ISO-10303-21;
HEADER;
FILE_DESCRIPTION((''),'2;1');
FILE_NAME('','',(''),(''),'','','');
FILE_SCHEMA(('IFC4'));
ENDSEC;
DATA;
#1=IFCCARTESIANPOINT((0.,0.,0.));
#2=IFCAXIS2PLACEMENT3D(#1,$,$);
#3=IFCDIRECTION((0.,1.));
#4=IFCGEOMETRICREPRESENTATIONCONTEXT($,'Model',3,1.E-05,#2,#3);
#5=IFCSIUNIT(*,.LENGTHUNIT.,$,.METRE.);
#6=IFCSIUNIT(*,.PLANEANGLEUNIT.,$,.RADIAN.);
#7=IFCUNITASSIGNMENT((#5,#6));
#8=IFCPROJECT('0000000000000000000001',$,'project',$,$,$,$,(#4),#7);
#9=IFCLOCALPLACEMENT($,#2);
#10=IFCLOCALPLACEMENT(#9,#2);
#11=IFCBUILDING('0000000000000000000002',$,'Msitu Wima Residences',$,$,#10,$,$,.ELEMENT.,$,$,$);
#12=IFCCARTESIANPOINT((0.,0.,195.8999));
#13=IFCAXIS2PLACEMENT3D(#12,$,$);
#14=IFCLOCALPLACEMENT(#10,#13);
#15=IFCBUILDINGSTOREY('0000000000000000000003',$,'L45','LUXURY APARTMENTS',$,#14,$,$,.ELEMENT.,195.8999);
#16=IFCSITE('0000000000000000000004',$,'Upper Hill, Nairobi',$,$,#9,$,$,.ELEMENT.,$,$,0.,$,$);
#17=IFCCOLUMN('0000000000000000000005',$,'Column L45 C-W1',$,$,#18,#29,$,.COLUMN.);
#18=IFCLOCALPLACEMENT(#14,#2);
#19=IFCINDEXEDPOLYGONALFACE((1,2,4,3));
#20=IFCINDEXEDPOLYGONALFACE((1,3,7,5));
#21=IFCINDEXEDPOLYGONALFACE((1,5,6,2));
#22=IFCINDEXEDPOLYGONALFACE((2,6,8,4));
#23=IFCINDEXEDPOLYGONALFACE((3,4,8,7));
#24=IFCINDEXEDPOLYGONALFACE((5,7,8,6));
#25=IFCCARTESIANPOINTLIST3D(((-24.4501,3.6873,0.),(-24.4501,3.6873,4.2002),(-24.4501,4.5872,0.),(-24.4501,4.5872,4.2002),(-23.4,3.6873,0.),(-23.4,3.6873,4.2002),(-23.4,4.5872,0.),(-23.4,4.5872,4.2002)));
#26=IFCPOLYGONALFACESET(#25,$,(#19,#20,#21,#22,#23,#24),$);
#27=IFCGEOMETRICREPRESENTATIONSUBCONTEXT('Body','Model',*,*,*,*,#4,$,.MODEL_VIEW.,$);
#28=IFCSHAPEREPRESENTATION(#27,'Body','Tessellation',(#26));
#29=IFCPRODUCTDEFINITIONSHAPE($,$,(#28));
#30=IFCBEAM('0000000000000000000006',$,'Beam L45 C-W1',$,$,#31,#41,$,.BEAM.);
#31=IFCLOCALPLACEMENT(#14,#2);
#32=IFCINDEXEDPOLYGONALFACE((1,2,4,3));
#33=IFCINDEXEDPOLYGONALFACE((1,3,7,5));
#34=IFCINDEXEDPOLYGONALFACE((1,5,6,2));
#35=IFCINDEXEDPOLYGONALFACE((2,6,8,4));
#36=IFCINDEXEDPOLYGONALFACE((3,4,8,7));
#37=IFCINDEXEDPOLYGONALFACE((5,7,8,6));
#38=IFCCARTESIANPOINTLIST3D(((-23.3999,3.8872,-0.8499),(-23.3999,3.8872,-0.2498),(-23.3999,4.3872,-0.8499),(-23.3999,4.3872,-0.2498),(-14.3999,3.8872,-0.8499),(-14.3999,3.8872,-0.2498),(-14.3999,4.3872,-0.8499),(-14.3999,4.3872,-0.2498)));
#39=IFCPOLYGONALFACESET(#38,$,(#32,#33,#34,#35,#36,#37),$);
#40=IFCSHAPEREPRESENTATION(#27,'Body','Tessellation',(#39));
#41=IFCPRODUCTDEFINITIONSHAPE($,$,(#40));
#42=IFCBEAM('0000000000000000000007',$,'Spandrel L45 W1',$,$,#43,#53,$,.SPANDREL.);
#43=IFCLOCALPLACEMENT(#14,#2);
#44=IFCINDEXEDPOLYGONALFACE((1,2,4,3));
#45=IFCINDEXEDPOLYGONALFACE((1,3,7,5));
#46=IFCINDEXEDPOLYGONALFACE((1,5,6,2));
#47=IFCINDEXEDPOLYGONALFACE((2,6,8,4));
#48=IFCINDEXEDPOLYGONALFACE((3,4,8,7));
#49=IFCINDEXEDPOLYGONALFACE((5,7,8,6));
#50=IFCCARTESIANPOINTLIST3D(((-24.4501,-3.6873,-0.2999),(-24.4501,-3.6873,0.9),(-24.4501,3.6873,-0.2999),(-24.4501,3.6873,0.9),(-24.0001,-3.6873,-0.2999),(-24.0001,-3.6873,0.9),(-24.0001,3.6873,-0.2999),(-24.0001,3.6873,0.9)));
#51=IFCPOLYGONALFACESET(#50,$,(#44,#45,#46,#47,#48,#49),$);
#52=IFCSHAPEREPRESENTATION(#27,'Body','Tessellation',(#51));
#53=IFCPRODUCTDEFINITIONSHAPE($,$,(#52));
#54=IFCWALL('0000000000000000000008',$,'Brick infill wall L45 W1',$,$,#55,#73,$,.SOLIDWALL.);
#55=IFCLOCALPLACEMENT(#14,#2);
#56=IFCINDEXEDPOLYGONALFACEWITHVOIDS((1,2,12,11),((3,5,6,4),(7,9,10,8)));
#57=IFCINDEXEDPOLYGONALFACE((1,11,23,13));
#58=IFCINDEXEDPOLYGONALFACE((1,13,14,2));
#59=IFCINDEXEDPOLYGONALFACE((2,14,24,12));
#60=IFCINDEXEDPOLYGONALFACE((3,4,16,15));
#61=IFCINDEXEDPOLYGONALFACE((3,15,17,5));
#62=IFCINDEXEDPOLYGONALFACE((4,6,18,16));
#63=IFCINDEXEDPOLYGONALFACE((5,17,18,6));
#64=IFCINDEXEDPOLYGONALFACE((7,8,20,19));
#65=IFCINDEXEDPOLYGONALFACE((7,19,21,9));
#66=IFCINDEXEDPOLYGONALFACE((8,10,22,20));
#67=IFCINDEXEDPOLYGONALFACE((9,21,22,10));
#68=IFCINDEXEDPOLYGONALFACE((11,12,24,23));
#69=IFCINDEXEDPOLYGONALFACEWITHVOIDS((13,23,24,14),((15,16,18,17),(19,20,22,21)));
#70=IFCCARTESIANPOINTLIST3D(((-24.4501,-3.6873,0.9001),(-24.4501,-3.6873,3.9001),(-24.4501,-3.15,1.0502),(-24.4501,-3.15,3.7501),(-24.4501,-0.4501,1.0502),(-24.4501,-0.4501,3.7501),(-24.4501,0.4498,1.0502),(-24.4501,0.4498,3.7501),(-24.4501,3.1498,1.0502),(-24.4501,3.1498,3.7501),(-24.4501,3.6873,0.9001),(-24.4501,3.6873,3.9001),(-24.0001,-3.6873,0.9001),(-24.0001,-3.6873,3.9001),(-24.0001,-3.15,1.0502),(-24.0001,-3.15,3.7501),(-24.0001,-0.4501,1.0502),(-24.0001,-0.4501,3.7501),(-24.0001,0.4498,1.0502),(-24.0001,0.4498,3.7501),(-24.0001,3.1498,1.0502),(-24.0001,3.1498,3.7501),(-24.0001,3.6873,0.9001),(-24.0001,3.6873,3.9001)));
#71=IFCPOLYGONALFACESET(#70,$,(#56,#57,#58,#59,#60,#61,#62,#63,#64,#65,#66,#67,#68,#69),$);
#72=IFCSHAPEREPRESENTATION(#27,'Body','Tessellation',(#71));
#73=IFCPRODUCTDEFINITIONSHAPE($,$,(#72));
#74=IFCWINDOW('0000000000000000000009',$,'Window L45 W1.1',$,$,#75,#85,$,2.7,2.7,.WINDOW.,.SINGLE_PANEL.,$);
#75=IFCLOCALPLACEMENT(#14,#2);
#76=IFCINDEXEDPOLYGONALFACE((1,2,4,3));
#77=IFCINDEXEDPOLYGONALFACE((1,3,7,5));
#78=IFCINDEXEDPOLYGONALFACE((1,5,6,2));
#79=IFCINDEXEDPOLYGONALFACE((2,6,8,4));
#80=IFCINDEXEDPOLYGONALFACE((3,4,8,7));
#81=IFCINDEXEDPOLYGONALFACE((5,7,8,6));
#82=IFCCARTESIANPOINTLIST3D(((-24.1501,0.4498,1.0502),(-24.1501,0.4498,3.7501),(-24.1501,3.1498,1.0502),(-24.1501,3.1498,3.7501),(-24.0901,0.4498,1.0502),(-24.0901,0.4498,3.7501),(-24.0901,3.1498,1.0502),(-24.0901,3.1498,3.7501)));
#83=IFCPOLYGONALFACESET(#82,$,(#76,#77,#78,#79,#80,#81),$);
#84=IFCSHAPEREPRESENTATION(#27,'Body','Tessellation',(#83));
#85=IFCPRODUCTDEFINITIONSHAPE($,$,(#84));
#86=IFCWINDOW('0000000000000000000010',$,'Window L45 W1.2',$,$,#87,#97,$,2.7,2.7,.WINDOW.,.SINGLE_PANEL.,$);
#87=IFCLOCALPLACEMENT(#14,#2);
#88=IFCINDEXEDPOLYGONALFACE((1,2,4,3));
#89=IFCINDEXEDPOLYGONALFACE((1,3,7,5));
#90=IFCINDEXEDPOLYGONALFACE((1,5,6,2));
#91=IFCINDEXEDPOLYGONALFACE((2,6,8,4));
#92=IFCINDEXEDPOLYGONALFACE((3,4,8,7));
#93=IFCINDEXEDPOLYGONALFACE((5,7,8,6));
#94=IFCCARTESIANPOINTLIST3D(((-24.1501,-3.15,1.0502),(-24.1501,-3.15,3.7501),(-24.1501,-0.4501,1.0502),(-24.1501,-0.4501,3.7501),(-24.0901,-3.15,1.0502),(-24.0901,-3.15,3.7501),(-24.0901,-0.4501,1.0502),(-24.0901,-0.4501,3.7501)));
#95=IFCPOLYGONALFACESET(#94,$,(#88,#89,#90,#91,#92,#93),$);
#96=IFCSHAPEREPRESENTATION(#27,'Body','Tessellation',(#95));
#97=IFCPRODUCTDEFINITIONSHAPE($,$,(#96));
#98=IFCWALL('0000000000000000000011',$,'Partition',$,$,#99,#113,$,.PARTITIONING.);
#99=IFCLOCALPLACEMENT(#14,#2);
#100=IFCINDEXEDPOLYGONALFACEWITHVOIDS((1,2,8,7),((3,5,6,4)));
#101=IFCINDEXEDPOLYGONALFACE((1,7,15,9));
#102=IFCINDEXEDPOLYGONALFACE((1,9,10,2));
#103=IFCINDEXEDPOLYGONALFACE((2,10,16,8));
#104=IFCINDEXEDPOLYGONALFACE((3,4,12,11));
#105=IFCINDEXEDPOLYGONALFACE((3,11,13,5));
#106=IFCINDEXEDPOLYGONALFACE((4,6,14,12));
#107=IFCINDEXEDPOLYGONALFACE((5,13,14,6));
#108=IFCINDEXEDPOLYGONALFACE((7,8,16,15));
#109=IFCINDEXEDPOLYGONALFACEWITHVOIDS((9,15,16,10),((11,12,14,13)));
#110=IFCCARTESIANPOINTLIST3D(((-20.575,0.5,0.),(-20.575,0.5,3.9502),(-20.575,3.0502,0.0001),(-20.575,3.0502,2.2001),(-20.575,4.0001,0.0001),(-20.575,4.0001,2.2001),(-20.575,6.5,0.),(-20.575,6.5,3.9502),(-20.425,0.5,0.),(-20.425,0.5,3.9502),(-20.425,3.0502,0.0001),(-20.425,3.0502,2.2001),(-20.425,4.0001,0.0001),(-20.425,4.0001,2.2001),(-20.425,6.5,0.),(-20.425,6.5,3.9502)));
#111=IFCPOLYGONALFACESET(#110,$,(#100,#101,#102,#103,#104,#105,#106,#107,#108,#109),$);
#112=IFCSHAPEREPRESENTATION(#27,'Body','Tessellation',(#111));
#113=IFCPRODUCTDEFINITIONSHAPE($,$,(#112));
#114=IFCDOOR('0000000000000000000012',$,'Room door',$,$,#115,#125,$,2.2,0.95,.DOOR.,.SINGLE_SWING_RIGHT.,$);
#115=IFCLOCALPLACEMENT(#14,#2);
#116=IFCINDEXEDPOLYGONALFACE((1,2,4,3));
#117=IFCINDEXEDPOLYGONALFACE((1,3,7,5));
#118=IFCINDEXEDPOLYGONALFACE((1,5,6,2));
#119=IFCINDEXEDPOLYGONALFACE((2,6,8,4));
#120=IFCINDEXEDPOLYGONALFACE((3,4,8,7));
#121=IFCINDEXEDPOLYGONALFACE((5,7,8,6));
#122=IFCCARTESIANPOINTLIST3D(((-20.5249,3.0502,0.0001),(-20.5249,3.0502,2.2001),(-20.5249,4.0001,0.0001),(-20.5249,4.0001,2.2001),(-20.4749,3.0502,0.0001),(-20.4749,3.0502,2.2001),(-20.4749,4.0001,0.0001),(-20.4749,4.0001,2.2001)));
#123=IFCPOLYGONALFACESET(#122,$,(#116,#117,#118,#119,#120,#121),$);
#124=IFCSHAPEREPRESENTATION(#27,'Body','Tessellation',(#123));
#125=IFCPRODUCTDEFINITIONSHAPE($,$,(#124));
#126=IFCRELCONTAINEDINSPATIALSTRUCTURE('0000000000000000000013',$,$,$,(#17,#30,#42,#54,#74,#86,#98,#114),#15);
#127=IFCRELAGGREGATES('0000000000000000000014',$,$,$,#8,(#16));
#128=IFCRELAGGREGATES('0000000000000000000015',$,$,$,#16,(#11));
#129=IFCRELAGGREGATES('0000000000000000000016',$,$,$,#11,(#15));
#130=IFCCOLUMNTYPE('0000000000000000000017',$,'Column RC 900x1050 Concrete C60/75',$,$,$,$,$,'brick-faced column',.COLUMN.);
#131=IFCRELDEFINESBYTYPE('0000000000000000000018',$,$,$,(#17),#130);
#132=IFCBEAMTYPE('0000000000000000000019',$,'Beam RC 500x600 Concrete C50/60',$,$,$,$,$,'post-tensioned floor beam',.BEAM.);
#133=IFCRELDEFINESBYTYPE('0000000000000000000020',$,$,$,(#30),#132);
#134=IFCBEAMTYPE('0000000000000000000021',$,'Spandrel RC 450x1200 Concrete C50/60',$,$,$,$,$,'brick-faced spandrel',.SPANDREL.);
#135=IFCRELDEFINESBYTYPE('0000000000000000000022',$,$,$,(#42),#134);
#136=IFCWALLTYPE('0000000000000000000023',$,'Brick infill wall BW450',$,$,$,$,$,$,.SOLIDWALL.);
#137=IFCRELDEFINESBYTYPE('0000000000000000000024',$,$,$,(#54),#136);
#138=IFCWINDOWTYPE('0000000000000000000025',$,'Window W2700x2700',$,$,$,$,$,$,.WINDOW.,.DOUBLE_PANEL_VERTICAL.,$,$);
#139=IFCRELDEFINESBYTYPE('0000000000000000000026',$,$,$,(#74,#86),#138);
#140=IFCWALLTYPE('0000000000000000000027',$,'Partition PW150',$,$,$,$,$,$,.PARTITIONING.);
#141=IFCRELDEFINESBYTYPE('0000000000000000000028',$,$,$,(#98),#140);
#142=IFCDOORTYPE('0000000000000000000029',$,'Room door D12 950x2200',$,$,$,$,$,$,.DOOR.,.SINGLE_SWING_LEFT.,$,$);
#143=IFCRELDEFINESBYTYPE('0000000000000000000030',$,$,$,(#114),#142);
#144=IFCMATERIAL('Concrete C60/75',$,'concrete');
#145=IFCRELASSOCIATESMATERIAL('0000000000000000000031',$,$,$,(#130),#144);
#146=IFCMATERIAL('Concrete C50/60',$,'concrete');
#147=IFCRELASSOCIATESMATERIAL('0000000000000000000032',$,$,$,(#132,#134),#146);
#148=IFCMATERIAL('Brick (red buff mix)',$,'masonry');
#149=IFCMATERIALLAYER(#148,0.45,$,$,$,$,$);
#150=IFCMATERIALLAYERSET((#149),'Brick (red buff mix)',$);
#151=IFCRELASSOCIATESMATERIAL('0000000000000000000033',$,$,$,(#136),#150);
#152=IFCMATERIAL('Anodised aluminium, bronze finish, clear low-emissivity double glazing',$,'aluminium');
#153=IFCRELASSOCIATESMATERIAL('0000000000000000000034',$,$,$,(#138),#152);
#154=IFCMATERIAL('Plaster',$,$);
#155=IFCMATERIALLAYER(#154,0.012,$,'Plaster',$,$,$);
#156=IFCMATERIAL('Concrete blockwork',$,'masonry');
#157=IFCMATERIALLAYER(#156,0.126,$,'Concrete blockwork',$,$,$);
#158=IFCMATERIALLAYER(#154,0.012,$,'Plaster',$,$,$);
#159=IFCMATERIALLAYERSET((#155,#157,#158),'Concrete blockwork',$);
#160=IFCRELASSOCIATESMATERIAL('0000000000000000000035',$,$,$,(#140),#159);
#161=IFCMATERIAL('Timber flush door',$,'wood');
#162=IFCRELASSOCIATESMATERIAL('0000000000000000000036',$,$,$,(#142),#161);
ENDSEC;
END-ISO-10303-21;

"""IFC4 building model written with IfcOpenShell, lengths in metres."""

from ifc_helpers import new_model, si_unit, direction, frame, frame_2d, origin, origin_2d, place, context, subcontext, project, spatial, rectangle, extrude, material, layer, layer_set, material_profile, profile_set, type_object, element, fill, save


model = new_model("IFC4")

# Units and contexts
model_context = context("Model", 3, precision=1e-05, world=origin(), true_north=direction((0.0, 1.0)))
body_context = subcontext(model_context, "Body", "Model", "MODEL_VIEW")
ifc_project = project(units=[si_unit("LENGTHUNIT", "METRE"), si_unit("PLANEANGLEUNIT", "RADIAN")], contexts=[model_context])

# Site, building, storey
site_placement = place(None, origin())
site = spatial("IfcSite", under=ifc_project, at=site_placement, Name="Upper Hill, Nairobi", CompositionType="ELEMENT", RefElevation=0.0)
building_placement = place(site_placement, origin())
building = spatial("IfcBuilding", under=site, at=building_placement, Name="Msitu Wima Residences", CompositionType="ELEMENT")
storey_placement = place(building_placement, frame((0.0, 0.0, 195.8999)))
storey = spatial("IfcBuildingStorey", under=building, at=storey_placement, Name="L45", Description="LUXURY APARTMENTS", CompositionType="ELEMENT", Elevation=195.8999)

# Column
ifc_material_1 = material(Name="Concrete C60/75", Category="concrete")
ifc_material_profile_1 = material_profile(ifc_material_1, rectangle(XDim=0.8999, YDim=1.05, at=origin_2d()), Name="RC 900x1050")
ifc_profile_set_1 = profile_set([ifc_material_profile_1], Name="Concrete C60/75")
column_type = type_object("IfcColumnType", Name="Column RC 900x1050 Concrete C60/75", ElementType="brick-faced column", PredefinedType="COLUMN", material=ifc_profile_set_1)
column_placement = place(storey_placement, frame((-23.925, 4.1372, 0.0), z_axis=(0.0, 0.0, 1.0), x_axis=(0.0, -1.0, 0.0)))
element("IfcColumn", 1, at=column_placement, inside=storey, type_object=column_type, Name="Column L45 C-W1", PredefinedType="COLUMN", context=body_context, shape_type="SweptSolid", body=[
    extrude(rectangle(XDim=0.8999, YDim=1.05, at=origin_2d()), origin(), (0.0, 0.0, 1.0), 4.2002),
])

# Beams
ifc_material_2 = material(Name="Concrete C50/60", Category="concrete")
ifc_material_profile_2 = material_profile(ifc_material_2, rectangle(XDim=0.5, YDim=0.6001, at=origin_2d()), Name="RC 500x600")
ifc_profile_set_2 = profile_set([ifc_material_profile_2], Name="Concrete C50/60")
beam_type_1 = type_object("IfcBeamType", Name="Beam RC 500x600 Concrete C50/60", ElementType="post-tensioned floor beam", PredefinedType="BEAM", material=ifc_profile_set_2)
beam_1_placement = place(storey_placement, frame((-23.3999, 4.1372, -0.5498), z_axis=(1.0, 0.0, 0.0), x_axis=(0.0, 1.0, 0.0)))
element("IfcBeam", 2, at=beam_1_placement, inside=storey, type_object=beam_type_1, Name="Beam L45 C-W1", PredefinedType="BEAM", context=body_context, shape_type="SweptSolid", body=[
    extrude(rectangle(XDim=0.5, YDim=0.6001, at=origin_2d()), origin(), (0.0, 0.0, 1.0), 9.0),
])
ifc_material_profile_3 = material_profile(ifc_material_2, rectangle(XDim=0.45, YDim=1.2, at=origin_2d()), Name="RC 450x1200")
ifc_profile_set_3 = profile_set([ifc_material_profile_3], Name="Concrete C50/60")
beam_type_2 = type_object("IfcBeamType", Name="Spandrel RC 450x1200 Concrete C50/60", ElementType="brick-faced spandrel", PredefinedType="SPANDREL", material=ifc_profile_set_3)
beam_2_placement = place(storey_placement, frame((-24.2251, 3.6873, 0.3), z_axis=(0.0, -1.0, 0.0), x_axis=(1.0, 0.0, 0.0)))
element("IfcBeam", 3, at=beam_2_placement, inside=storey, type_object=beam_type_2, Name="Spandrel L45 W1", PredefinedType="SPANDREL", context=body_context, shape_type="SweptSolid", body=[
    extrude(rectangle(XDim=0.45, YDim=1.2, at=origin_2d()), origin(), (0.0, 0.0, 1.0), 7.3745),
])

# Wall, openings, windows
ifc_material_3 = material(Name="Brick (red buff mix)", Category="masonry")
ifc_layer_1 = layer(ifc_material_3, 0.45)
ifc_layer_set_1 = layer_set([ifc_layer_1], Name="Brick (red buff mix)")
wall_type_1 = type_object("IfcWallType", Name="Brick infill wall BW450", PredefinedType="SOLIDWALL", material=ifc_layer_set_1)
wall_1_placement = place(storey_placement, frame((-24.2251, 3.6873, 0.9001), z_axis=(0.0, 0.0, 1.0), x_axis=(0.0, -1.0, 0.0)))
wall_1 = element("IfcWall", 4, at=wall_1_placement, inside=storey, type_object=wall_type_1, Name="Brick infill wall L45 W1", PredefinedType="SOLIDWALL", context=body_context, shape_type="SweptSolid", body=[
    extrude(rectangle(XDim=7.3745, YDim=0.45, at=frame_2d((3.6873, 0.0))), origin(), (0.0, 0.0, 1.0), 3.0),
])
opening_1_placement = place(wall_1_placement, frame((0.5374, 0.0, 0.1499)))
opening_1 = element("IfcOpeningElement", 5, at=opening_1_placement, cuts=wall_1, PredefinedType="OPENING", context=body_context, shape_type="SweptSolid", body=[
    extrude(rectangle(XDim=2.7, YDim=2.7, at=frame_2d((1.3501, 1.3501))), frame((0.0, 0.2349, 0.0), z_axis=(0.0, -1.0, 0.0), x_axis=(1.0, 0.0, 0.0)), (0.0, 0.0, 1.0), 0.47),
])
opening_2_placement = place(wall_1_placement, frame((4.1372, 0.0, 0.1499)))
opening_2 = element("IfcOpeningElement", 6, at=opening_2_placement, cuts=wall_1, PredefinedType="OPENING", context=body_context, shape_type="SweptSolid", body=[
    extrude(rectangle(XDim=2.7, YDim=2.7, at=frame_2d((1.3501, 1.3501))), frame((0.0, 0.2349, 0.0), z_axis=(0.0, -1.0, 0.0), x_axis=(1.0, 0.0, 0.0)), (0.0, 0.0, 1.0), 0.47),
])
ifc_material_4 = material(Name="Anodised aluminium, bronze finish, clear low-emissivity double glazing", Category="aluminium")
window_type = type_object("IfcWindowType", Name="Window W2700x2700", PartitioningType="DOUBLE_PANEL_VERTICAL", PredefinedType="WINDOW", material=ifc_material_4)
window_1_placement = place(opening_1_placement, origin())
window_1 = element("IfcWindow", 7, at=window_1_placement, inside=storey, type_object=window_type, Name="Window L45 W1.1", OverallHeight=2.7, OverallWidth=2.7, PartitioningType="SINGLE_PANEL", PredefinedType="WINDOW", context=body_context, shape_type="SweptSolid", body=[
    extrude(rectangle(XDim=2.7, YDim=2.7, at=frame_2d((1.3501, 1.3501))), frame((0.0, 0.135, 0.0), z_axis=(0.0, -1.0, 0.0), x_axis=(1.0, 0.0, 0.0)), (0.0, 0.0, 1.0), 0.0601),
])
fill(opening_1, window_1)
window_2_placement = place(opening_2_placement, origin())
window_2 = element("IfcWindow", 8, at=window_2_placement, inside=storey, type_object=window_type, Name="Window L45 W1.2", OverallHeight=2.7, OverallWidth=2.7, PartitioningType="SINGLE_PANEL", PredefinedType="WINDOW", context=body_context, shape_type="SweptSolid", body=[
    extrude(rectangle(XDim=2.7, YDim=2.7, at=frame_2d((1.3501, 1.3501))), frame((0.0, 0.135, 0.0), z_axis=(0.0, -1.0, 0.0), x_axis=(1.0, 0.0, 0.0)), (0.0, 0.0, 1.0), 0.0601),
])
fill(opening_2, window_2)

# Wall, opening, door
ifc_material_5 = material(Name="Plaster")
ifc_layer_2 = layer(ifc_material_5, 0.012, Name="Plaster")
ifc_material_6 = material(Name="Concrete blockwork", Category="masonry")
ifc_layer_3 = layer(ifc_material_6, 0.126, Name="Concrete blockwork")
ifc_layer_4 = layer(ifc_material_5, 0.012, Name="Plaster")
ifc_layer_set_2 = layer_set([ifc_layer_2, ifc_layer_3, ifc_layer_4], Name="Concrete blockwork")
wall_type_2 = type_object("IfcWallType", Name="Partition PW150", PredefinedType="PARTITIONING", material=ifc_layer_set_2)
wall_2_placement = place(storey_placement, frame((-20.5, 0.5, 0.0), z_axis=(0.0, 0.0, 1.0), x_axis=(0.0, 1.0, 0.0)))
wall_2 = element("IfcWall", 9, at=wall_2_placement, inside=storey, type_object=wall_type_2, Name="Partition", PredefinedType="PARTITIONING", context=body_context, shape_type="SweptSolid", body=[
    extrude(rectangle(XDim=6.0, YDim=0.1499, at=frame_2d((3.0, 0.0))), origin(), (0.0, 0.0, 1.0), 3.9502),
])
opening_3_placement = place(wall_2_placement, frame((2.55, 0.0, 0.0)))
opening_3 = element("IfcOpeningElement", 10, at=opening_3_placement, cuts=wall_2, PredefinedType="OPENING", context=body_context, shape_type="SweptSolid", body=[
    extrude(rectangle(XDim=0.95, YDim=2.2, at=frame_2d((0.4751, 1.1001))), frame((0.0, 0.085, 0.0), z_axis=(0.0, -1.0, 0.0), x_axis=(1.0, 0.0, 0.0)), (0.0, 0.0, 1.0), 0.1699),
])
ifc_material_7 = material(Name="Timber flush door", Category="wood")
door_type_1 = type_object("IfcDoorType", Name="Room door D12 950x2200", OperationType="SINGLE_SWING_LEFT", PredefinedType="DOOR", material=ifc_material_7)
door_1_placement = place(opening_3_placement, origin())
door_1 = element("IfcDoor", 11, at=door_1_placement, inside=storey, type_object=door_type_1, Name="Room door", OperationType="SINGLE_SWING_RIGHT", OverallHeight=2.2, OverallWidth=0.95, PredefinedType="DOOR", context=body_context, shape_type="SweptSolid", body=[
    extrude(rectangle(XDim=0.95, YDim=2.2, at=frame_2d((0.4751, 1.1001))), frame((0.0, 0.0249, 0.0), z_axis=(0.0, -1.0, 0.0), x_axis=(1.0, 0.0, 0.0)), (0.0, 0.0, 1.0), 0.05),
])
fill(opening_3, door_1)

save(model, "model.ifc")
